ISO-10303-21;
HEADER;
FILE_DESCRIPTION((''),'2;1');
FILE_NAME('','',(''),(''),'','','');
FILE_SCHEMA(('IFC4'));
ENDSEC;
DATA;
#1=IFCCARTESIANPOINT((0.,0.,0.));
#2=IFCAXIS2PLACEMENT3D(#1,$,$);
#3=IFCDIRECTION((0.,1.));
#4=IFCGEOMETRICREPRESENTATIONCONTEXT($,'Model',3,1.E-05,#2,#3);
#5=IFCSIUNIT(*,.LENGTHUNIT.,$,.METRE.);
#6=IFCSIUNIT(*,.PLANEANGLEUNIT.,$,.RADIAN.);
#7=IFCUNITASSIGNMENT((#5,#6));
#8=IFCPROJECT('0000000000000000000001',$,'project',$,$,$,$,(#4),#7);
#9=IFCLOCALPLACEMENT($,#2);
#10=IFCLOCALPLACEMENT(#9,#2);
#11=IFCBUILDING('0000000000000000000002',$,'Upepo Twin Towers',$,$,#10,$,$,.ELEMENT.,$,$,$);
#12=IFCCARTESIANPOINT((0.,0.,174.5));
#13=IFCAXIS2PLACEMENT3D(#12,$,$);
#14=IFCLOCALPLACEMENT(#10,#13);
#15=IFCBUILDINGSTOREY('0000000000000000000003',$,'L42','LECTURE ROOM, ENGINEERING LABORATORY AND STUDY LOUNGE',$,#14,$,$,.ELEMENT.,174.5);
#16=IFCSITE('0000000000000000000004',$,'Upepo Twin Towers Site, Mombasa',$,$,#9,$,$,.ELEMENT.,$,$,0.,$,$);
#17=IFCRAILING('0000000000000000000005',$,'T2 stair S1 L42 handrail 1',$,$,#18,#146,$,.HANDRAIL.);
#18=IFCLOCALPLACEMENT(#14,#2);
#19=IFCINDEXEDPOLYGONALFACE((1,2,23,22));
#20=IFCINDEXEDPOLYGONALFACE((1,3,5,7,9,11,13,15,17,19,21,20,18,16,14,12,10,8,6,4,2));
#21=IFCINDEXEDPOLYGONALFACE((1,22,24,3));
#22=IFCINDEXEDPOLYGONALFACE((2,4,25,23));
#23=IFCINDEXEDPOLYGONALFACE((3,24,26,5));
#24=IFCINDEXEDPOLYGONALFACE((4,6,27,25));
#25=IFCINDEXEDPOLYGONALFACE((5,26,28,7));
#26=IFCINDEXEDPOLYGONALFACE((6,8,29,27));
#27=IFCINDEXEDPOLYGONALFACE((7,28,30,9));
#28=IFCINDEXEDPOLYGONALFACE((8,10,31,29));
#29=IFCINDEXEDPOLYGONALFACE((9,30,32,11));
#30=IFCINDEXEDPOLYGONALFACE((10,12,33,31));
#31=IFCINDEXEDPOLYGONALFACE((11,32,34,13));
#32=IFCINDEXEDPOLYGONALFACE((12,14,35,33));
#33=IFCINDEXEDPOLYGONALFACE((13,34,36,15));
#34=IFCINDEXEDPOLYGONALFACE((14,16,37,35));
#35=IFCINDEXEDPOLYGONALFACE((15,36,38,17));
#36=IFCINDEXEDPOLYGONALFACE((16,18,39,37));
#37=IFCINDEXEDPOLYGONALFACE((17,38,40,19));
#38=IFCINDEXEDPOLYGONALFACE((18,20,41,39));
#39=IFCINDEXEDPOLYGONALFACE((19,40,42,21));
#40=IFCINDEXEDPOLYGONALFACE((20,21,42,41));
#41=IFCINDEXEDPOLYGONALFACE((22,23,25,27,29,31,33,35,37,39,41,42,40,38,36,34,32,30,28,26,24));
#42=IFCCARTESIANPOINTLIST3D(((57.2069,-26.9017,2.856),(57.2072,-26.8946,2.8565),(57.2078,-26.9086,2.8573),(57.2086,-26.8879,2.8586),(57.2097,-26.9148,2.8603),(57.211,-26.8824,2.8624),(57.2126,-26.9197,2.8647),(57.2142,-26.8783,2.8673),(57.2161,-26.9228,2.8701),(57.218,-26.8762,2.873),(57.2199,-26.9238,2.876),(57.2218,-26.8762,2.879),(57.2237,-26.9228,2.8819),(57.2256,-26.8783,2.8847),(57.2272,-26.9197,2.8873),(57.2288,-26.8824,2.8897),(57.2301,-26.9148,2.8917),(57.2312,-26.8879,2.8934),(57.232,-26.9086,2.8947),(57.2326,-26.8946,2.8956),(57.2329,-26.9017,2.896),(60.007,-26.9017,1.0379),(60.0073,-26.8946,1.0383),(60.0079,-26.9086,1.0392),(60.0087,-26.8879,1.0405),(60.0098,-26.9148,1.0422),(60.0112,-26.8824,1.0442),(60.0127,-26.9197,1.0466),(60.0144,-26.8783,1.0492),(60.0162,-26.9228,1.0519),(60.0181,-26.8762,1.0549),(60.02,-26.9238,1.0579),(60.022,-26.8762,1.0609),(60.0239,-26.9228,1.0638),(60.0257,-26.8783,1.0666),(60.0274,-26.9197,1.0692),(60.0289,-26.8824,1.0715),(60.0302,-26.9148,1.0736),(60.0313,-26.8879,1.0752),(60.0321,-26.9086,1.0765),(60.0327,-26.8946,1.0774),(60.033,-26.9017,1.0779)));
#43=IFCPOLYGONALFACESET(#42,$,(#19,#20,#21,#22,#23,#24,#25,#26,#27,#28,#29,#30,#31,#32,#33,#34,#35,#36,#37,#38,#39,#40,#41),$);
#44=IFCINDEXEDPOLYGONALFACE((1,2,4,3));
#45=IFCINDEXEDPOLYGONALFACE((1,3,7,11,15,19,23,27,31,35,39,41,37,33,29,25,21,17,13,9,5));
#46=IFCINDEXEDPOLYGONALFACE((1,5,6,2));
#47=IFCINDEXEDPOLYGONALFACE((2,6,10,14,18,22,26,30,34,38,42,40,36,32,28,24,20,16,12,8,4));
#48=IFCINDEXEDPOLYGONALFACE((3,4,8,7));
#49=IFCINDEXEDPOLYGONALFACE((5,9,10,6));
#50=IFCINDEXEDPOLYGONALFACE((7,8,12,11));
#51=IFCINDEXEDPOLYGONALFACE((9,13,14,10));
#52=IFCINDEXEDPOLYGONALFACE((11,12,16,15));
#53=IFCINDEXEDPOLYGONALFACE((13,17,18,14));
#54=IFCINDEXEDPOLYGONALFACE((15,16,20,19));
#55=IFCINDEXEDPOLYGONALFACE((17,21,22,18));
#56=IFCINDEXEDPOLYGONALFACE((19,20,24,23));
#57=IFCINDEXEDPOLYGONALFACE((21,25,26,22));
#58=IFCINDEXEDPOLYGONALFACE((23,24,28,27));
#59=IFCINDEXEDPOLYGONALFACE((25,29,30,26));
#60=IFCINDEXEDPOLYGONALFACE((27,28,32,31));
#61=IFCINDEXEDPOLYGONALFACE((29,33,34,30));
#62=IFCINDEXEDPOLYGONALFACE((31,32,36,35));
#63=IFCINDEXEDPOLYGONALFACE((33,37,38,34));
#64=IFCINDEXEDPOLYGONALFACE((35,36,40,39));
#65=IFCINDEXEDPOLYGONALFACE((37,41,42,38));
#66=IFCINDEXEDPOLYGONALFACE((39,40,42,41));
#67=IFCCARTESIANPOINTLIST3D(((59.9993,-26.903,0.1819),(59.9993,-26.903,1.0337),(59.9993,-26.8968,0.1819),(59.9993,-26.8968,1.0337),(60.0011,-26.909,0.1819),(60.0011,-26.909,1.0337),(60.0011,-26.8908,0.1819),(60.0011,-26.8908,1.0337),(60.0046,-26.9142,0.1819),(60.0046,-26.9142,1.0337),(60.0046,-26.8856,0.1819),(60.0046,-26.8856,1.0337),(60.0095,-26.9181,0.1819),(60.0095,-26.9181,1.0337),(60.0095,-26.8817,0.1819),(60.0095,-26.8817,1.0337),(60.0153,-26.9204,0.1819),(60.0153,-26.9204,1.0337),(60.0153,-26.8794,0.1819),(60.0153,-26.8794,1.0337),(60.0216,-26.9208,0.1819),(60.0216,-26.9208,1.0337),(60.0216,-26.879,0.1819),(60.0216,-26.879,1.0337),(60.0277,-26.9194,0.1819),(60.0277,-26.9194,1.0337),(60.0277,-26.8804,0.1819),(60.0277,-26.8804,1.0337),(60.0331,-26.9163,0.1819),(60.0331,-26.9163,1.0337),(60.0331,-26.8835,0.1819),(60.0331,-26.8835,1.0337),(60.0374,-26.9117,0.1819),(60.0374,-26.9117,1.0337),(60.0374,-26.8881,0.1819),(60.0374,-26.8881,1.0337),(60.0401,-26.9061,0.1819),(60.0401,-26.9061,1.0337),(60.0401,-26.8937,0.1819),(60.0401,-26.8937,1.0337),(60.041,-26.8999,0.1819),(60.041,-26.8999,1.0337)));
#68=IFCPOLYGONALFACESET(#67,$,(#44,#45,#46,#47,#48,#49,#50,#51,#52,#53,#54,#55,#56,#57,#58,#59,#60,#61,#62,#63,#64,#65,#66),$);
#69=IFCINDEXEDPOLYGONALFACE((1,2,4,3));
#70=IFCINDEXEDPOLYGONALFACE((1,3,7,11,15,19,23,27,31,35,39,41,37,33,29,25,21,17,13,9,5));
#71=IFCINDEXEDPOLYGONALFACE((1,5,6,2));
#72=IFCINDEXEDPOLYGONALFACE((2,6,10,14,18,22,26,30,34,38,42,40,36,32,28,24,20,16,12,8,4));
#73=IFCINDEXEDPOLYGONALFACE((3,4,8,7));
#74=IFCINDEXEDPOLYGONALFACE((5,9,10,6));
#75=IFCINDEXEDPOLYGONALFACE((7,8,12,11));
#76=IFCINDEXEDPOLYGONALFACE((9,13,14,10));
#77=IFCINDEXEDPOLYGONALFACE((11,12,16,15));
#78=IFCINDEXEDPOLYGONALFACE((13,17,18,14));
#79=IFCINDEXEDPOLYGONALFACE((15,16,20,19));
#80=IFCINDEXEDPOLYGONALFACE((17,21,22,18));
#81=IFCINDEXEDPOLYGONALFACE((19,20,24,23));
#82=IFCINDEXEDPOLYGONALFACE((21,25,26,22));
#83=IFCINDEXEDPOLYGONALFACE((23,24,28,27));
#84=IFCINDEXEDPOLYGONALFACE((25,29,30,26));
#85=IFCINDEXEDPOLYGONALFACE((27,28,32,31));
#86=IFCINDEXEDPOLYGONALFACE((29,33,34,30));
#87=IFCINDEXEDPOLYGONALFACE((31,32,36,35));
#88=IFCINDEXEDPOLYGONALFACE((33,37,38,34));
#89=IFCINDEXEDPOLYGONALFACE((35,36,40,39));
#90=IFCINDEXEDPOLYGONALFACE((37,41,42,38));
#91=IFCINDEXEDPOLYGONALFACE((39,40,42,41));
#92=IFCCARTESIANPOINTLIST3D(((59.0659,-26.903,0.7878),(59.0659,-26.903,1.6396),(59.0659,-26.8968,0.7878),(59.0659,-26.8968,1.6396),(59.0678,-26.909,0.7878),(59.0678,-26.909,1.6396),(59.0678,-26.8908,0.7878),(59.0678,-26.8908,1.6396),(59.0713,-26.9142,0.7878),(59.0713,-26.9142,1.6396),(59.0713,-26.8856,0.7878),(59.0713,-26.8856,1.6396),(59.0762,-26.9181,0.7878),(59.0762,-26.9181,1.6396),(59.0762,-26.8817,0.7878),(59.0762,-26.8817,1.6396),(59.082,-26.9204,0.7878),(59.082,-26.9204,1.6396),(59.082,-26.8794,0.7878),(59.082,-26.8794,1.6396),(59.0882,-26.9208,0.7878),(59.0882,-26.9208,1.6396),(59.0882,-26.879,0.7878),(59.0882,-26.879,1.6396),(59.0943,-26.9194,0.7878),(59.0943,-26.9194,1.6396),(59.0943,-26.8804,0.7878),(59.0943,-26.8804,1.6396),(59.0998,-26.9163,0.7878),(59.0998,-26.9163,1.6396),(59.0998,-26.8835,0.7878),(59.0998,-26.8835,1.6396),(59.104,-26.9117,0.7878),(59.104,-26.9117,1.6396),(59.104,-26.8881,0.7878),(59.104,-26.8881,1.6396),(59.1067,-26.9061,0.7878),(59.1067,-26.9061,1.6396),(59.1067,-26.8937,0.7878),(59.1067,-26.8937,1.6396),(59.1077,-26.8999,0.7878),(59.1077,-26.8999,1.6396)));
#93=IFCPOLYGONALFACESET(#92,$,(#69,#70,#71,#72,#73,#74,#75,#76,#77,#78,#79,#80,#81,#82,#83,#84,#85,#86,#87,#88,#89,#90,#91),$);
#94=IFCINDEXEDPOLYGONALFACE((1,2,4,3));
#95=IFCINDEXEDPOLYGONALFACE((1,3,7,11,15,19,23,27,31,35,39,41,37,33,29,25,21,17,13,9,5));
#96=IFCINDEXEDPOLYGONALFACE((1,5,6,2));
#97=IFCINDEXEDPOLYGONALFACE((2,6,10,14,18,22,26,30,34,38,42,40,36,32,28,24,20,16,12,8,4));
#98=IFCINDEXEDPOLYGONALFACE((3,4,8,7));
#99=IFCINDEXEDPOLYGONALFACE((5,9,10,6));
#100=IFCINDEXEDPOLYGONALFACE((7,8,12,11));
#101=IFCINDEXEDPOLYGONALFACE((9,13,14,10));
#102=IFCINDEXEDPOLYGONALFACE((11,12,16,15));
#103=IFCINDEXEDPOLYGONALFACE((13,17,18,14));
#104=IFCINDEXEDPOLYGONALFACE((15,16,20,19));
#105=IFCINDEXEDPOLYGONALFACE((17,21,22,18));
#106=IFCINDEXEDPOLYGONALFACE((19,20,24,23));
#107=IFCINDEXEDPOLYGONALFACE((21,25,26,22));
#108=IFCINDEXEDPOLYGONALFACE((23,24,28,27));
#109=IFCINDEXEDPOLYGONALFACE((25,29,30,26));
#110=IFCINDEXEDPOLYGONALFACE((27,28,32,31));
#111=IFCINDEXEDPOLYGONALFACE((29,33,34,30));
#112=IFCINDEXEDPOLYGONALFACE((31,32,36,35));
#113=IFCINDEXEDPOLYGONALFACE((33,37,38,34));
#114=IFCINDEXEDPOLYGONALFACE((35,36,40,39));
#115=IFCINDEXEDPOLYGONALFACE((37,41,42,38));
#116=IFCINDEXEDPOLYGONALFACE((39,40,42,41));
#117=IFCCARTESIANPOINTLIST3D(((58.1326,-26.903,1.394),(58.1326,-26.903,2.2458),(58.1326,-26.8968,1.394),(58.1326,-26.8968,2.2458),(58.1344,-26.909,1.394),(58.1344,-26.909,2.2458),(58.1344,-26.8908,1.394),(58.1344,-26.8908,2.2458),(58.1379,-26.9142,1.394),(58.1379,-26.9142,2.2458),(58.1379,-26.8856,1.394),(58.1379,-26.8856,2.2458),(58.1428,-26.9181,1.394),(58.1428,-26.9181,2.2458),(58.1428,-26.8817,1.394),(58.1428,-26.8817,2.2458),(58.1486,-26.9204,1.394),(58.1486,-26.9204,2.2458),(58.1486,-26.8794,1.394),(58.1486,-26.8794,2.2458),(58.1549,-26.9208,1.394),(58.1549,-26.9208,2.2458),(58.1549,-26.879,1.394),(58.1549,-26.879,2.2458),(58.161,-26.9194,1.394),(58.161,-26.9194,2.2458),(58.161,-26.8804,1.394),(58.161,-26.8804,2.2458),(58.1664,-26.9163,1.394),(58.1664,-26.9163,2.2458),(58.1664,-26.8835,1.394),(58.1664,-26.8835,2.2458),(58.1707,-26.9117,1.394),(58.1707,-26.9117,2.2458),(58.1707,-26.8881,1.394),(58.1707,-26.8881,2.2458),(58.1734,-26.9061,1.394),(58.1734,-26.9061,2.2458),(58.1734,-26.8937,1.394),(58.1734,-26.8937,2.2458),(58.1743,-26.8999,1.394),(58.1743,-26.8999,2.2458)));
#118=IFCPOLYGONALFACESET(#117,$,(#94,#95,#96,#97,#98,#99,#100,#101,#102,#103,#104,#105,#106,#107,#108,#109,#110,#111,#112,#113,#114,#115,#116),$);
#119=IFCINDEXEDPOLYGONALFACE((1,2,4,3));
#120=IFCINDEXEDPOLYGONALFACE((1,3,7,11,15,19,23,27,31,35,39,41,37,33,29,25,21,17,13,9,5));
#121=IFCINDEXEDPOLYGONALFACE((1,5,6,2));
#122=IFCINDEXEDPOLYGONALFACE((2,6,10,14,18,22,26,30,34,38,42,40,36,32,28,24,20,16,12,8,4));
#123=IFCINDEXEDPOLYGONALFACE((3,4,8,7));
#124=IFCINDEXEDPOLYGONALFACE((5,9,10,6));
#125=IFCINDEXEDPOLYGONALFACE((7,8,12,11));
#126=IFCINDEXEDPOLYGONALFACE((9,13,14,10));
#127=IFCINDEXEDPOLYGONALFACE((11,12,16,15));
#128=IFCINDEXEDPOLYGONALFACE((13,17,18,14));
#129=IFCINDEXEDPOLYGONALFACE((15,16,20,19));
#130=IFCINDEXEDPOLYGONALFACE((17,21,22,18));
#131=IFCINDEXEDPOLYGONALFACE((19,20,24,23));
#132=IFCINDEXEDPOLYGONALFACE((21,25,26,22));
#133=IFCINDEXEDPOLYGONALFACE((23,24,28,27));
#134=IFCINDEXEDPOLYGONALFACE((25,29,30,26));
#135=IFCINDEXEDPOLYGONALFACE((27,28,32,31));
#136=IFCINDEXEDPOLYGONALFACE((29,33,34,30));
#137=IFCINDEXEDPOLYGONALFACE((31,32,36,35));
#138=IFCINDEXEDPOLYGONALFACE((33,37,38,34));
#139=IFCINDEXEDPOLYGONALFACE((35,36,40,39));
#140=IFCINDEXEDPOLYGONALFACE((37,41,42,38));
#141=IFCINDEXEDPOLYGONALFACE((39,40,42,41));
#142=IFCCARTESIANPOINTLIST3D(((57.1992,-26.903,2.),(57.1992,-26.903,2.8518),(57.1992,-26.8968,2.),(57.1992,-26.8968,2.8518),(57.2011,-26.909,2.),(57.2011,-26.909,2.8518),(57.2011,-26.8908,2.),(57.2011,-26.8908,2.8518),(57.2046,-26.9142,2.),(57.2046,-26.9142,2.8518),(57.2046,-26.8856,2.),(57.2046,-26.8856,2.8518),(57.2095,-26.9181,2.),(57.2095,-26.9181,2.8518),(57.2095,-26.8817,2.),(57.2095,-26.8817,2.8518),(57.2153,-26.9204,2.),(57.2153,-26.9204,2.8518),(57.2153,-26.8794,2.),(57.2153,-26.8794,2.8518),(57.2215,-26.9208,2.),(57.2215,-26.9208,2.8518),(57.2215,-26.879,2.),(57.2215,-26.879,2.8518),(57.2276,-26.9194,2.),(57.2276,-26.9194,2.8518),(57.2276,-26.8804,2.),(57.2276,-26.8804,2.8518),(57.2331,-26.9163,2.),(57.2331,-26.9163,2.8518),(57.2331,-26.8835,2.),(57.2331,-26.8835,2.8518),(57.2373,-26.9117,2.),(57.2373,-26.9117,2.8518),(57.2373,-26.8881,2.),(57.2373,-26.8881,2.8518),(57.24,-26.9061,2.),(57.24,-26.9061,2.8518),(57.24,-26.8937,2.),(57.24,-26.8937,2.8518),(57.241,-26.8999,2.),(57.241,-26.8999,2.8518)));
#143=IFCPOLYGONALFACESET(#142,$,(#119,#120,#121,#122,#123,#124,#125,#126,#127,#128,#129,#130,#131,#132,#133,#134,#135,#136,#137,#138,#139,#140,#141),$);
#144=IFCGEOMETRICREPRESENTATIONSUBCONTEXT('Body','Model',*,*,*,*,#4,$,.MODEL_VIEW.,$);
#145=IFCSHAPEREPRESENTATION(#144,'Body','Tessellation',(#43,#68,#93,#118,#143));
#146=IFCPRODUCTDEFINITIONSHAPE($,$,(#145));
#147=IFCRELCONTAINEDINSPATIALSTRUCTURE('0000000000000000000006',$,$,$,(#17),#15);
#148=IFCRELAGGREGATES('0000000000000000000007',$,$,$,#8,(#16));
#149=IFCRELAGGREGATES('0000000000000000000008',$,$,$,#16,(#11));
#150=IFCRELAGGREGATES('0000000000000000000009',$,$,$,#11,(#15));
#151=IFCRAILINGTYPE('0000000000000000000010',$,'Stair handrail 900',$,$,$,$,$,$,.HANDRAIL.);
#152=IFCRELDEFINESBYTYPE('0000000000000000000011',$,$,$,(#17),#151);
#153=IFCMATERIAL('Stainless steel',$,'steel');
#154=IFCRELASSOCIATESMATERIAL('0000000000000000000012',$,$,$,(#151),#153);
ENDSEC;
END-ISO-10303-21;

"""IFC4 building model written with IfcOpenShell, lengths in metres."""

from ifc_helpers import new_model, si_unit, direction, frame, origin, origin_2d, place, context, subcontext, project, spatial, circle, extrude, material, type_object, element, save


model = new_model("IFC4")

# Units and contexts
model_context = context("Model", 3, precision=1e-05, world=origin(), true_north=direction((0.0, 1.0)))
body_context = subcontext(model_context, "Body", "Model", "MODEL_VIEW")
ifc_project = project(units=[si_unit("LENGTHUNIT", "METRE"), si_unit("PLANEANGLEUNIT", "RADIAN")], contexts=[model_context])

# Site, building, storey
site_placement = place(None, origin())
site = spatial("IfcSite", under=ifc_project, at=site_placement, Name="Upepo Twin Towers Site, Mombasa", CompositionType="ELEMENT", RefElevation=0.0)
building_placement = place(site_placement, origin())
building = spatial("IfcBuilding", under=site, at=building_placement, Name="Upepo Twin Towers", CompositionType="ELEMENT")
storey_placement = place(building_placement, frame((0.0, 0.0, 174.5)))
storey = spatial("IfcBuildingStorey", under=building, at=storey_placement, Name="L42", Description="LECTURE ROOM, ENGINEERING LABORATORY AND STUDY LOUNGE", CompositionType="ELEMENT", Elevation=174.5)

# Railing
ifc_material_1 = material(Name="Stainless steel", Category="steel")
railing_type = type_object("IfcRailingType", Name="Stair handrail 900", PredefinedType="HANDRAIL", material=ifc_material_1)
railing_1_placement = place(storey_placement, frame((60.02, -26.8999, 0.1819)))
element("IfcRailing", 1, at=railing_1_placement, inside=storey, type_object=railing_type, Name="T2 stair S1 L42 handrail 1", PredefinedType="HANDRAIL", context=body_context, shape_type="SweptSolid", body=[
    extrude(circle(Radius=0.0239, at=origin_2d()), frame((0.0, 0.0, 0.876), z_axis=(-0.838706, 0.0, 0.544585), x_axis=(0.0, -1.0, 0.0)), (0.0, 0.0, 1.0), 3.3386),
    extrude(circle(Radius=0.021, at=origin_2d()), origin(), (0.0, 0.0, 1.0), 0.8518),
    extrude(circle(Radius=0.021, at=origin_2d()), frame((-0.9333, 0.0, 0.606)), (0.0, 0.0, 1.0), 0.8518),
    extrude(circle(Radius=0.021, at=origin_2d()), frame((-1.8667, 0.0, 1.2122)), (0.0, 0.0, 1.0), 0.8518),
    extrude(circle(Radius=0.021, at=origin_2d()), frame((-2.8, 0.0, 1.8181)), (0.0, 0.0, 1.0), 0.8518),
])

save(model, "model.ifc")
